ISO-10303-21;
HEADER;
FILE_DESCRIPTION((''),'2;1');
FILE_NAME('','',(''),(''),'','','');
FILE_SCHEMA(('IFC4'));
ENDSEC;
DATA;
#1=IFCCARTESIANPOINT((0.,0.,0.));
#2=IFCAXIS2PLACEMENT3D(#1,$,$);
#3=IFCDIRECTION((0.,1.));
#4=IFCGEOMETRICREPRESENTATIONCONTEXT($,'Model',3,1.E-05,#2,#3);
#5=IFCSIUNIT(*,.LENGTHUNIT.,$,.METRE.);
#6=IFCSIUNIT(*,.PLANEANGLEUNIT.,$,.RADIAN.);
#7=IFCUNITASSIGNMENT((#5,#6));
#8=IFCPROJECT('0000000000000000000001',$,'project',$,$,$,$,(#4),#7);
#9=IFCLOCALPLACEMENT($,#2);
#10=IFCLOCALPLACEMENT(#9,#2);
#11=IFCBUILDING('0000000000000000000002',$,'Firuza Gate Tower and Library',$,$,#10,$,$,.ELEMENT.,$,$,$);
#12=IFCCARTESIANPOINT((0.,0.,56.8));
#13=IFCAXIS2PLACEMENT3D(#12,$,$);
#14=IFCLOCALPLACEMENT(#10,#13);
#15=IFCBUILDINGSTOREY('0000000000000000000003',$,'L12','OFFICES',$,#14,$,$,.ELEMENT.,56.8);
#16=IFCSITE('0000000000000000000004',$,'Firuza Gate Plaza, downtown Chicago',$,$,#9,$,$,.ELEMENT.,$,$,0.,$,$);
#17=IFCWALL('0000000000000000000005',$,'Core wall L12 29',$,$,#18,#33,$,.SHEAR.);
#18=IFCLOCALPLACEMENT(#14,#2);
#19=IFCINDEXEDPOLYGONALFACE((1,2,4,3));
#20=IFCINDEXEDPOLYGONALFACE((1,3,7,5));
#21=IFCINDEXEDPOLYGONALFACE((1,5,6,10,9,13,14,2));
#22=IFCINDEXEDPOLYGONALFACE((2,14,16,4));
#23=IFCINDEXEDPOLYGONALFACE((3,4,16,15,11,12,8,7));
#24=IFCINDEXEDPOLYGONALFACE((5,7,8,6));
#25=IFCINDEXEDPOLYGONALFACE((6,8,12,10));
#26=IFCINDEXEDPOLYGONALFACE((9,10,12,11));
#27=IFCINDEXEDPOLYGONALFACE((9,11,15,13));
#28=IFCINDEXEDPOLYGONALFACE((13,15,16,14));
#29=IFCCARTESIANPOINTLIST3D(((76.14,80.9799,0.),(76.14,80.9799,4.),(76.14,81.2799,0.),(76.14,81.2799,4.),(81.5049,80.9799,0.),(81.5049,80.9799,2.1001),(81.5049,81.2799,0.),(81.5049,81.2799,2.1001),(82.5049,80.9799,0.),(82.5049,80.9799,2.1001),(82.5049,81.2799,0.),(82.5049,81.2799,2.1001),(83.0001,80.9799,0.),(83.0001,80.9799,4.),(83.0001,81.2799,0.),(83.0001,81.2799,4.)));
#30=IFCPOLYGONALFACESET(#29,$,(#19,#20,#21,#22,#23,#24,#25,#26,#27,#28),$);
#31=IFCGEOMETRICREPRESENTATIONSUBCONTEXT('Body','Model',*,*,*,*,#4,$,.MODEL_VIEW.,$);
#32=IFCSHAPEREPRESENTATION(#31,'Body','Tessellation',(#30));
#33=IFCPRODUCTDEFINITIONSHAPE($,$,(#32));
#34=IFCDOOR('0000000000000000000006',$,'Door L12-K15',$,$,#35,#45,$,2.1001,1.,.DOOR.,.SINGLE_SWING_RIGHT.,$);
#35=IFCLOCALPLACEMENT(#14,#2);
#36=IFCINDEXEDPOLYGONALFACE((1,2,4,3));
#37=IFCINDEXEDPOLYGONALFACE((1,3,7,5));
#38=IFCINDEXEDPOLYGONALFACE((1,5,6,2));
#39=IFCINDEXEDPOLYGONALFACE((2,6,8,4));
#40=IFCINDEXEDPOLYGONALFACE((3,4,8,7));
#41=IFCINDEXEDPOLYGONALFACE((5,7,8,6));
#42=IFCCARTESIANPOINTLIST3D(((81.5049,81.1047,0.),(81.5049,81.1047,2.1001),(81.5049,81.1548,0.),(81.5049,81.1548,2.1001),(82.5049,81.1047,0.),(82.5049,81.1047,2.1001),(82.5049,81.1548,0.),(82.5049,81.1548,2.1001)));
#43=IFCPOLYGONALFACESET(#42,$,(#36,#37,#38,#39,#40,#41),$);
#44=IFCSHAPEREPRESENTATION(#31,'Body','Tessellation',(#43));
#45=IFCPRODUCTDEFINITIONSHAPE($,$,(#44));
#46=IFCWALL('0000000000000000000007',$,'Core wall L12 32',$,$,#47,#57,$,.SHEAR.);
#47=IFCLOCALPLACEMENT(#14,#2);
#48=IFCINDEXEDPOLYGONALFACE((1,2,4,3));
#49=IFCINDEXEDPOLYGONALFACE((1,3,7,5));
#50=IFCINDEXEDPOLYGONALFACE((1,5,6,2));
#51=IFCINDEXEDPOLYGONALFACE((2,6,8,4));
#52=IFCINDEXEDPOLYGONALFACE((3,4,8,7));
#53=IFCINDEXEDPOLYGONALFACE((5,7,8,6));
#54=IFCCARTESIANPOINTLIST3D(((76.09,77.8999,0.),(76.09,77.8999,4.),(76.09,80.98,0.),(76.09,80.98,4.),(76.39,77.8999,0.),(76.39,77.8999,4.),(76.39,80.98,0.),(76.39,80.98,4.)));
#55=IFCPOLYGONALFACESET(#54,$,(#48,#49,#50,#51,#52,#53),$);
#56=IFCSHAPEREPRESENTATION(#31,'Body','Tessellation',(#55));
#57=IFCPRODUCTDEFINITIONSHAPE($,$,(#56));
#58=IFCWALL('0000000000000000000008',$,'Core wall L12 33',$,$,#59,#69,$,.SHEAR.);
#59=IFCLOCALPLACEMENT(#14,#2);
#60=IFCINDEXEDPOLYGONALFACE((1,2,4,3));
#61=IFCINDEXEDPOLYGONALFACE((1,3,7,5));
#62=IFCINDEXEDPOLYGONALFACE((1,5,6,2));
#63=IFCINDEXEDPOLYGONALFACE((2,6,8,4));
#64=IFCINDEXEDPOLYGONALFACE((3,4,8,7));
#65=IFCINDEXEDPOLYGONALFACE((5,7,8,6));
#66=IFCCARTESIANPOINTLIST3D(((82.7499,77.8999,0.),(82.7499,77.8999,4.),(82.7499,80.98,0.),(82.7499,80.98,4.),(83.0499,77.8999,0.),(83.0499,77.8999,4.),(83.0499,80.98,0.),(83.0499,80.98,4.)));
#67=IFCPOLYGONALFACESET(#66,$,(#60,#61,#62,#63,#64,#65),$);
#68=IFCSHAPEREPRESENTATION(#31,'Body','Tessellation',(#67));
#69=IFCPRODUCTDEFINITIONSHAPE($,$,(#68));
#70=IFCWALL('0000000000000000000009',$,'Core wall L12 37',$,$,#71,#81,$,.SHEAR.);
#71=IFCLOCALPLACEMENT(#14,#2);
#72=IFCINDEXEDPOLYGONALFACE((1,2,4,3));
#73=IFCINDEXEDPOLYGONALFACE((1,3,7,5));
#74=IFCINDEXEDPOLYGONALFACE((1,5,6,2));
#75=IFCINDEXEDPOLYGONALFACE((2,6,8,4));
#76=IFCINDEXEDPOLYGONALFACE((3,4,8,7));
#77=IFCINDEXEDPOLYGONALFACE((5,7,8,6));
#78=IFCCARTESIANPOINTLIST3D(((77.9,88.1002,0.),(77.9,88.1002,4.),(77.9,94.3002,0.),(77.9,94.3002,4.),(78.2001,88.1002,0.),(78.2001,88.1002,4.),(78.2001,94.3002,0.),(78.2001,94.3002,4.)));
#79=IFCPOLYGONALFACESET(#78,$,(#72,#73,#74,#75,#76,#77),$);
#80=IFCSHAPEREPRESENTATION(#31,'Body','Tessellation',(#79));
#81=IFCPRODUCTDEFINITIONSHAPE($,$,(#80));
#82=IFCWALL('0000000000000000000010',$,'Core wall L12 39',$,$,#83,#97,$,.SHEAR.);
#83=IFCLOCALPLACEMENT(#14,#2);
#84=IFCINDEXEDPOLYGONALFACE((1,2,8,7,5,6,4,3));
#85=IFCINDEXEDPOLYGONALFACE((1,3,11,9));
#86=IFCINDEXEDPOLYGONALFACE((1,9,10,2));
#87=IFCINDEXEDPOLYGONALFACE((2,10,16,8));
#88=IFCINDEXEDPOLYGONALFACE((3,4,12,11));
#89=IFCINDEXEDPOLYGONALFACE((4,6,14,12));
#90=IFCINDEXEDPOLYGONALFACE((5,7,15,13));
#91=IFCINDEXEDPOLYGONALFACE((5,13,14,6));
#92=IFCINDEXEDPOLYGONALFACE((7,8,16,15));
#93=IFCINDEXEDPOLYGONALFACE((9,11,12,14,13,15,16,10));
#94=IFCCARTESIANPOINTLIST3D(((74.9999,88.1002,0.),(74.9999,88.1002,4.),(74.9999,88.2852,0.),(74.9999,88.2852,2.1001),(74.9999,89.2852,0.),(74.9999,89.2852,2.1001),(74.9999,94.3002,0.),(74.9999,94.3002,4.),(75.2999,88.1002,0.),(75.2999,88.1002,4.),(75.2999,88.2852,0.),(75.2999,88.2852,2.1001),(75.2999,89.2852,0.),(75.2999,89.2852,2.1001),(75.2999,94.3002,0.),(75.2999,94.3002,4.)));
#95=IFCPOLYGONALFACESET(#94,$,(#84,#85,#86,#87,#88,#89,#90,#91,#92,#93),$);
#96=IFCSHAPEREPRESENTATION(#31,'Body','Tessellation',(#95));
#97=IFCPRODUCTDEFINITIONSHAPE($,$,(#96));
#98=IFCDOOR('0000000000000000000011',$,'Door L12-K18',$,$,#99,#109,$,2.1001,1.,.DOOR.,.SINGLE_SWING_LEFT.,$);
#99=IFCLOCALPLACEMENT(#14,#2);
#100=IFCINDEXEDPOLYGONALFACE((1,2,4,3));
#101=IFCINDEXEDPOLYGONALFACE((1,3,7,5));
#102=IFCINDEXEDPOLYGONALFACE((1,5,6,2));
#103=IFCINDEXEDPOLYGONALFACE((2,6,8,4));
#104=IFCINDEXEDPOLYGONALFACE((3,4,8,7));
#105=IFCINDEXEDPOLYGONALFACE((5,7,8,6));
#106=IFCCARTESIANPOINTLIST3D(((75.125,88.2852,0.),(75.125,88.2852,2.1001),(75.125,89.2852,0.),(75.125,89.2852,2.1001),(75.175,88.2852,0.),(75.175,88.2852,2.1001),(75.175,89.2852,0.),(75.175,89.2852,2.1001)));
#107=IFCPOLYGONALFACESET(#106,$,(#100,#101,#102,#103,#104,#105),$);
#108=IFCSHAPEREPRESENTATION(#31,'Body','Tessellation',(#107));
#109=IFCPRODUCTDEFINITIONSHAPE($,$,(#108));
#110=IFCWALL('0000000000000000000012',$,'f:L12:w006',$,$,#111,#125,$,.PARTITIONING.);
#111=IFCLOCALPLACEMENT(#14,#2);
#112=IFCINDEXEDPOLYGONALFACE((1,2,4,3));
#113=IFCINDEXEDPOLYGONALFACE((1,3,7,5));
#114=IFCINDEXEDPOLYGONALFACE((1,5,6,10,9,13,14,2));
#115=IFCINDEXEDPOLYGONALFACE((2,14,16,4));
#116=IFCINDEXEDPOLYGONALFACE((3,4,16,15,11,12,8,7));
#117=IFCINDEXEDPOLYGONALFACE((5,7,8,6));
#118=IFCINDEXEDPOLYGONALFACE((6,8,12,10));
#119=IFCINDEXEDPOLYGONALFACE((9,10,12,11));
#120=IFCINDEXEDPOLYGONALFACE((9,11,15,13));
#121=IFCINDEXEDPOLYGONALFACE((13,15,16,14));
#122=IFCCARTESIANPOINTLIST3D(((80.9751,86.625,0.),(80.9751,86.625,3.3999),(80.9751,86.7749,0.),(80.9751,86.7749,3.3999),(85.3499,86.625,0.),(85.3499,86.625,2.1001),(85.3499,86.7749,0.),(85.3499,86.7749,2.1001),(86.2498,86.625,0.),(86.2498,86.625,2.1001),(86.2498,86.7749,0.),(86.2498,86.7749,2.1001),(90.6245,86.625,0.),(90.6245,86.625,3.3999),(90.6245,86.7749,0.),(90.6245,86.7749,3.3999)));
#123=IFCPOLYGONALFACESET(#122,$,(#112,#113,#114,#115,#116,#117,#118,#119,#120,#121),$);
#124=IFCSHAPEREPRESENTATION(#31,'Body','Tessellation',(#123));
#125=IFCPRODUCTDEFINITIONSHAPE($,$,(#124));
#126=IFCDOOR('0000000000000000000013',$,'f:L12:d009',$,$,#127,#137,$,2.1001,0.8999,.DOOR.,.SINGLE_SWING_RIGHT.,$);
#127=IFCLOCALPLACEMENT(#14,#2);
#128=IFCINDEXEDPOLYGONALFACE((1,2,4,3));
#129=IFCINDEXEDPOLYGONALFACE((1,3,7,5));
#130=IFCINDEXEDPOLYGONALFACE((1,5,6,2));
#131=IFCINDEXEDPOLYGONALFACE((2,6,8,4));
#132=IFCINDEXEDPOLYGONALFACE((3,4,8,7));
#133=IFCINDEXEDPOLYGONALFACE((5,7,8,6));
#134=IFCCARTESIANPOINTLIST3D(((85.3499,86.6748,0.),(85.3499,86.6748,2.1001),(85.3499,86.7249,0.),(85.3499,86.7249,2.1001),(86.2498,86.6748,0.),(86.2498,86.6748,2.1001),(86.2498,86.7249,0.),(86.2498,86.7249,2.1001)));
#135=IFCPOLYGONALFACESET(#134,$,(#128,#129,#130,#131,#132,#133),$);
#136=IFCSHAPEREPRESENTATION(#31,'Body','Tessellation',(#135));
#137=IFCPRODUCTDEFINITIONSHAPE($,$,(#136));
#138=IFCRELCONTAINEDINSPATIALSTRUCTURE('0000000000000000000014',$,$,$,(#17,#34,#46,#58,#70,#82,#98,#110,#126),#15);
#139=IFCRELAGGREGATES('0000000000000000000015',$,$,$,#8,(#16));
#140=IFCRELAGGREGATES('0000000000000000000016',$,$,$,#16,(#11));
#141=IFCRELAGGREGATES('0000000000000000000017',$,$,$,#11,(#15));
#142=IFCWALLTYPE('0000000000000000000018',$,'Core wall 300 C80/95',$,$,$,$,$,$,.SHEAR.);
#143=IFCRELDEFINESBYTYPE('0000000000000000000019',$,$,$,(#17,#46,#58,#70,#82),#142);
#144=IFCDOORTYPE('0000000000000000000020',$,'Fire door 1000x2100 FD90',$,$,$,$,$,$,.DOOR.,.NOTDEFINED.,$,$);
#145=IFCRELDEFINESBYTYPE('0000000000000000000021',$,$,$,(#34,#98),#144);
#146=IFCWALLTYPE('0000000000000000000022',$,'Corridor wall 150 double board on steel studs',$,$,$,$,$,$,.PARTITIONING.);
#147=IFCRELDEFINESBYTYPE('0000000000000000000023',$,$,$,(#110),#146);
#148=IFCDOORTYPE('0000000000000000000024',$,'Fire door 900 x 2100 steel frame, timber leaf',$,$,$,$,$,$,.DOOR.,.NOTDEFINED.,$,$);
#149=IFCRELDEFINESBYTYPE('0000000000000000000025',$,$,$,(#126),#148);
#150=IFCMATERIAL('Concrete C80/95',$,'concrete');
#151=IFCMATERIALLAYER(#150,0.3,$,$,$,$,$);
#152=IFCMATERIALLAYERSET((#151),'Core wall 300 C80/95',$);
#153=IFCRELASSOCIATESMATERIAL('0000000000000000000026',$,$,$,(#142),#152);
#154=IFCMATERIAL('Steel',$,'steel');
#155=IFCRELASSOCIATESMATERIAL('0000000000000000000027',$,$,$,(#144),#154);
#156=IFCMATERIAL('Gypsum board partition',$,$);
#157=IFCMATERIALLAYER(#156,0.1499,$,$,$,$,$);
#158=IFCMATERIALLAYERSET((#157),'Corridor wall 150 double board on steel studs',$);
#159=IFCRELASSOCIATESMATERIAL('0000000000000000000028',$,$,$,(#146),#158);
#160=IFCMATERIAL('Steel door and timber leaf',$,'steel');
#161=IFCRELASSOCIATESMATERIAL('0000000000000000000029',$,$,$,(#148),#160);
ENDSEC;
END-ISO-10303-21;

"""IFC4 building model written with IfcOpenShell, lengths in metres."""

from ifc_helpers import new_model, si_unit, direction, frame, frame_2d, origin, place, context, subcontext, project, spatial, rectangle, extrude, material, layer, layer_set, type_object, element, fill, save


model = new_model("IFC4")

# Units and contexts
model_context = context("Model", 3, precision=1e-05, world=origin(), true_north=direction((0.0, 1.0)))
body_context = subcontext(model_context, "Body", "Model", "MODEL_VIEW")
ifc_project = project(units=[si_unit("LENGTHUNIT", "METRE"), si_unit("PLANEANGLEUNIT", "RADIAN")], contexts=[model_context])

# Site, building, storey
site_placement = place(None, origin())
site = spatial("IfcSite", under=ifc_project, at=site_placement, Name="Firuza Gate Plaza, downtown Chicago", CompositionType="ELEMENT", RefElevation=0.0)
building_placement = place(site_placement, origin())
building = spatial("IfcBuilding", under=site, at=building_placement, Name="Firuza Gate Tower and Library", CompositionType="ELEMENT")
storey_placement = place(building_placement, frame((0.0, 0.0, 56.8)))
storey = spatial("IfcBuildingStorey", under=building, at=storey_placement, Name="L12", Description="OFFICES", CompositionType="ELEMENT", Elevation=56.8)

# Shared definitions
ifc_material_1 = material(Name="Concrete C80/95", Category="concrete")
ifc_layer_1 = layer(ifc_material_1, 0.3)
ifc_layer_set_1 = layer_set([ifc_layer_1], Name="Core wall 300 C80/95")
wall_type_1 = type_object("IfcWallType", Name="Core wall 300 C80/95", PredefinedType="SHEAR", material=ifc_layer_set_1)

# Wall, opening, door
wall_1_placement = place(storey_placement, frame((76.1399, 81.1299, 0.0), z_axis=(0.0, 0.0, 1.0), x_axis=(1.0, 0.0, 0.0)))
wall_1 = element("IfcWall", 1, at=wall_1_placement, inside=storey, type_object=wall_type_1, Name="Core wall L12 29", PredefinedType="SHEAR", context=body_context, shape_type="SweptSolid", body=[
    extrude(rectangle(XDim=6.8601, YDim=0.3, at=frame_2d((3.4302, 0.0))), origin(), (0.0, 0.0, 1.0), 4.0),
])
opening_1_placement = place(wall_1_placement, frame((5.365, 0.0, 0.0)))
opening_1 = element("IfcOpeningElement", 2, at=opening_1_placement, cuts=wall_1, PredefinedType="OPENING", context=body_context, shape_type="SweptSolid", body=[
    extrude(rectangle(XDim=1.0, YDim=2.1001, at=frame_2d((0.5, 1.05))), frame((0.0, 0.1602, 0.0), z_axis=(0.0, -1.0, 0.0), x_axis=(1.0, 0.0, 0.0)), (0.0, 0.0, 1.0), 0.3201),
])
ifc_material_2 = material(Name="Steel", Category="steel")
door_type_1 = type_object("IfcDoorType", Name="Fire door 1000x2100 FD90", OperationType="NOTDEFINED", PredefinedType="DOOR", material=ifc_material_2)
door_1_placement = place(opening_1_placement, origin())
door_1 = element("IfcDoor", 3, at=door_1_placement, inside=storey, type_object=door_type_1, Name="Door L12-K15", OperationType="SINGLE_SWING_RIGHT", OverallHeight=2.1001, OverallWidth=1.0, PredefinedType="DOOR", context=body_context, shape_type="SweptSolid", body=[
    extrude(rectangle(XDim=1.0, YDim=2.1001, at=frame_2d((0.5, 1.05))), frame((0.0, 0.0249, 0.0), z_axis=(0.0, -1.0, 0.0), x_axis=(1.0, 0.0, 0.0)), (0.0, 0.0, 1.0), 0.05),
])
fill(opening_1, door_1)

# Walls
for number, where, z_axis, x_axis, name in (
    (4, (76.24, 77.8999, 0.0), (0.0, 0.0, 1.0), (0.0, 1.0, 0.0), "Core wall L12 32"),
    (5, (82.8999, 77.8999, 0.0), (0.0, 0.0, 1.0), (0.0, 1.0, 0.0), "Core wall L12 33"),
):
    element("IfcWall", number, at=place(storey_placement, frame(where, z_axis=z_axis, x_axis=x_axis)), inside=storey, type_object=wall_type_1, Name=name, PredefinedType="SHEAR", context=body_context, shape_type="SweptSolid", body=[
        extrude(rectangle(XDim=3.0801, YDim=0.3, at=frame_2d((1.54, 0.0))), origin(), (0.0, 0.0, 1.0), 4.0),
    ])
wall_2_placement = place(storey_placement, frame((78.05, 88.1001, 0.0), z_axis=(0.0, 0.0, 1.0), x_axis=(0.0, 1.0, 0.0)))
element("IfcWall", 6, at=wall_2_placement, inside=storey, type_object=wall_type_1, Name="Core wall L12 37", PredefinedType="SHEAR", context=body_context, shape_type="SweptSolid", body=[
    extrude(rectangle(XDim=6.2, YDim=0.3, at=frame_2d((3.1001, 0.0))), origin(), (0.0, 0.0, 1.0), 4.0),
])

# Walls, openings, doors
wall_3_placement = place(storey_placement, frame((75.1499, 88.1001, 0.0), z_axis=(0.0, 0.0, 1.0), x_axis=(0.0, 1.0, 0.0)))
wall_3 = element("IfcWall", 7, at=wall_3_placement, inside=storey, type_object=wall_type_1, Name="Core wall L12 39", PredefinedType="SHEAR", context=body_context, shape_type="SweptSolid", body=[
    extrude(rectangle(XDim=6.2, YDim=0.3, at=frame_2d((3.1001, 0.0))), origin(), (0.0, 0.0, 1.0), 4.0),
])
opening_2_placement = place(wall_3_placement, frame((0.1851, 0.0, 0.0)))
opening_2 = element("IfcOpeningElement", 8, at=opening_2_placement, cuts=wall_3, PredefinedType="OPENING", context=body_context, shape_type="SweptSolid", body=[
    extrude(rectangle(XDim=1.0, YDim=2.1001, at=frame_2d((0.5, 1.05))), frame((0.0, 0.1602, 0.0), z_axis=(0.0, -1.0, 0.0), x_axis=(1.0, 0.0, 0.0)), (0.0, 0.0, 1.0), 0.3201),
])
door_2_placement = place(opening_2_placement, origin())
door_2 = element("IfcDoor", 9, at=door_2_placement, inside=storey, type_object=door_type_1, Name="Door L12-K18", OperationType="SINGLE_SWING_LEFT", OverallHeight=2.1001, OverallWidth=1.0, PredefinedType="DOOR", context=body_context, shape_type="SweptSolid", body=[
    extrude(rectangle(XDim=1.0, YDim=2.1001, at=frame_2d((0.5, 1.05))), frame((0.0, 0.0249, 0.0), z_axis=(0.0, -1.0, 0.0), x_axis=(1.0, 0.0, 0.0)), (0.0, 0.0, 1.0), 0.05),
])
fill(opening_2, door_2)
ifc_material_3 = material(Name="Gypsum board partition")
ifc_layer_2 = layer(ifc_material_3, 0.1499)
ifc_layer_set_2 = layer_set([ifc_layer_2], Name="Corridor wall 150 double board on steel studs")
wall_type_2 = type_object("IfcWallType", Name="Corridor wall 150 double board on steel studs", PredefinedType="PARTITIONING", material=ifc_layer_set_2)
wall_4_placement = place(storey_placement, frame((80.9751, 86.7, 0.0), z_axis=(0.0, 0.0, 1.0), x_axis=(1.0, 0.0, 0.0)))
wall_4 = element("IfcWall", 10, at=wall_4_placement, inside=storey, type_object=wall_type_2, Name="f:L12:w006", PredefinedType="PARTITIONING", context=body_context, shape_type="SweptSolid", body=[
    extrude(rectangle(XDim=9.6494, YDim=0.1499, at=frame_2d((4.8247, 0.0))), origin(), (0.0, 0.0, 1.0), 3.3999),
])
opening_3_placement = place(wall_4_placement, frame((4.3748, 0.0, 0.0)))
opening_3 = element("IfcOpeningElement", 11, at=opening_3_placement, cuts=wall_4, PredefinedType="OPENING", context=body_context, shape_type="SweptSolid", body=[
    extrude(rectangle(XDim=0.8999, YDim=2.1001, at=frame_2d((0.45, 1.05))), frame((0.0, 0.085, 0.0), z_axis=(0.0, -1.0, 0.0), x_axis=(1.0, 0.0, 0.0)), (0.0, 0.0, 1.0), 0.1699),
])
ifc_material_4 = material(Name="Steel door and timber leaf", Category="steel")
door_type_2 = type_object("IfcDoorType", Name="Fire door 900 x 2100 steel frame, timber leaf", OperationType="NOTDEFINED", PredefinedType="DOOR", material=ifc_material_4)
door_3_placement = place(opening_3_placement, origin())
door_3 = element("IfcDoor", 12, at=door_3_placement, inside=storey, type_object=door_type_2, Name="f:L12:d009", OperationType="SINGLE_SWING_RIGHT", OverallHeight=2.1001, OverallWidth=0.8999, PredefinedType="DOOR", context=body_context, shape_type="SweptSolid", body=[
    extrude(rectangle(XDim=0.8999, YDim=2.1001, at=frame_2d((0.45, 1.05))), frame((0.0, 0.0249, 0.0), z_axis=(0.0, -1.0, 0.0), x_axis=(1.0, 0.0, 0.0)), (0.0, 0.0, 1.0), 0.05),
])
fill(opening_3, door_3)

save(model, "model.ifc")
